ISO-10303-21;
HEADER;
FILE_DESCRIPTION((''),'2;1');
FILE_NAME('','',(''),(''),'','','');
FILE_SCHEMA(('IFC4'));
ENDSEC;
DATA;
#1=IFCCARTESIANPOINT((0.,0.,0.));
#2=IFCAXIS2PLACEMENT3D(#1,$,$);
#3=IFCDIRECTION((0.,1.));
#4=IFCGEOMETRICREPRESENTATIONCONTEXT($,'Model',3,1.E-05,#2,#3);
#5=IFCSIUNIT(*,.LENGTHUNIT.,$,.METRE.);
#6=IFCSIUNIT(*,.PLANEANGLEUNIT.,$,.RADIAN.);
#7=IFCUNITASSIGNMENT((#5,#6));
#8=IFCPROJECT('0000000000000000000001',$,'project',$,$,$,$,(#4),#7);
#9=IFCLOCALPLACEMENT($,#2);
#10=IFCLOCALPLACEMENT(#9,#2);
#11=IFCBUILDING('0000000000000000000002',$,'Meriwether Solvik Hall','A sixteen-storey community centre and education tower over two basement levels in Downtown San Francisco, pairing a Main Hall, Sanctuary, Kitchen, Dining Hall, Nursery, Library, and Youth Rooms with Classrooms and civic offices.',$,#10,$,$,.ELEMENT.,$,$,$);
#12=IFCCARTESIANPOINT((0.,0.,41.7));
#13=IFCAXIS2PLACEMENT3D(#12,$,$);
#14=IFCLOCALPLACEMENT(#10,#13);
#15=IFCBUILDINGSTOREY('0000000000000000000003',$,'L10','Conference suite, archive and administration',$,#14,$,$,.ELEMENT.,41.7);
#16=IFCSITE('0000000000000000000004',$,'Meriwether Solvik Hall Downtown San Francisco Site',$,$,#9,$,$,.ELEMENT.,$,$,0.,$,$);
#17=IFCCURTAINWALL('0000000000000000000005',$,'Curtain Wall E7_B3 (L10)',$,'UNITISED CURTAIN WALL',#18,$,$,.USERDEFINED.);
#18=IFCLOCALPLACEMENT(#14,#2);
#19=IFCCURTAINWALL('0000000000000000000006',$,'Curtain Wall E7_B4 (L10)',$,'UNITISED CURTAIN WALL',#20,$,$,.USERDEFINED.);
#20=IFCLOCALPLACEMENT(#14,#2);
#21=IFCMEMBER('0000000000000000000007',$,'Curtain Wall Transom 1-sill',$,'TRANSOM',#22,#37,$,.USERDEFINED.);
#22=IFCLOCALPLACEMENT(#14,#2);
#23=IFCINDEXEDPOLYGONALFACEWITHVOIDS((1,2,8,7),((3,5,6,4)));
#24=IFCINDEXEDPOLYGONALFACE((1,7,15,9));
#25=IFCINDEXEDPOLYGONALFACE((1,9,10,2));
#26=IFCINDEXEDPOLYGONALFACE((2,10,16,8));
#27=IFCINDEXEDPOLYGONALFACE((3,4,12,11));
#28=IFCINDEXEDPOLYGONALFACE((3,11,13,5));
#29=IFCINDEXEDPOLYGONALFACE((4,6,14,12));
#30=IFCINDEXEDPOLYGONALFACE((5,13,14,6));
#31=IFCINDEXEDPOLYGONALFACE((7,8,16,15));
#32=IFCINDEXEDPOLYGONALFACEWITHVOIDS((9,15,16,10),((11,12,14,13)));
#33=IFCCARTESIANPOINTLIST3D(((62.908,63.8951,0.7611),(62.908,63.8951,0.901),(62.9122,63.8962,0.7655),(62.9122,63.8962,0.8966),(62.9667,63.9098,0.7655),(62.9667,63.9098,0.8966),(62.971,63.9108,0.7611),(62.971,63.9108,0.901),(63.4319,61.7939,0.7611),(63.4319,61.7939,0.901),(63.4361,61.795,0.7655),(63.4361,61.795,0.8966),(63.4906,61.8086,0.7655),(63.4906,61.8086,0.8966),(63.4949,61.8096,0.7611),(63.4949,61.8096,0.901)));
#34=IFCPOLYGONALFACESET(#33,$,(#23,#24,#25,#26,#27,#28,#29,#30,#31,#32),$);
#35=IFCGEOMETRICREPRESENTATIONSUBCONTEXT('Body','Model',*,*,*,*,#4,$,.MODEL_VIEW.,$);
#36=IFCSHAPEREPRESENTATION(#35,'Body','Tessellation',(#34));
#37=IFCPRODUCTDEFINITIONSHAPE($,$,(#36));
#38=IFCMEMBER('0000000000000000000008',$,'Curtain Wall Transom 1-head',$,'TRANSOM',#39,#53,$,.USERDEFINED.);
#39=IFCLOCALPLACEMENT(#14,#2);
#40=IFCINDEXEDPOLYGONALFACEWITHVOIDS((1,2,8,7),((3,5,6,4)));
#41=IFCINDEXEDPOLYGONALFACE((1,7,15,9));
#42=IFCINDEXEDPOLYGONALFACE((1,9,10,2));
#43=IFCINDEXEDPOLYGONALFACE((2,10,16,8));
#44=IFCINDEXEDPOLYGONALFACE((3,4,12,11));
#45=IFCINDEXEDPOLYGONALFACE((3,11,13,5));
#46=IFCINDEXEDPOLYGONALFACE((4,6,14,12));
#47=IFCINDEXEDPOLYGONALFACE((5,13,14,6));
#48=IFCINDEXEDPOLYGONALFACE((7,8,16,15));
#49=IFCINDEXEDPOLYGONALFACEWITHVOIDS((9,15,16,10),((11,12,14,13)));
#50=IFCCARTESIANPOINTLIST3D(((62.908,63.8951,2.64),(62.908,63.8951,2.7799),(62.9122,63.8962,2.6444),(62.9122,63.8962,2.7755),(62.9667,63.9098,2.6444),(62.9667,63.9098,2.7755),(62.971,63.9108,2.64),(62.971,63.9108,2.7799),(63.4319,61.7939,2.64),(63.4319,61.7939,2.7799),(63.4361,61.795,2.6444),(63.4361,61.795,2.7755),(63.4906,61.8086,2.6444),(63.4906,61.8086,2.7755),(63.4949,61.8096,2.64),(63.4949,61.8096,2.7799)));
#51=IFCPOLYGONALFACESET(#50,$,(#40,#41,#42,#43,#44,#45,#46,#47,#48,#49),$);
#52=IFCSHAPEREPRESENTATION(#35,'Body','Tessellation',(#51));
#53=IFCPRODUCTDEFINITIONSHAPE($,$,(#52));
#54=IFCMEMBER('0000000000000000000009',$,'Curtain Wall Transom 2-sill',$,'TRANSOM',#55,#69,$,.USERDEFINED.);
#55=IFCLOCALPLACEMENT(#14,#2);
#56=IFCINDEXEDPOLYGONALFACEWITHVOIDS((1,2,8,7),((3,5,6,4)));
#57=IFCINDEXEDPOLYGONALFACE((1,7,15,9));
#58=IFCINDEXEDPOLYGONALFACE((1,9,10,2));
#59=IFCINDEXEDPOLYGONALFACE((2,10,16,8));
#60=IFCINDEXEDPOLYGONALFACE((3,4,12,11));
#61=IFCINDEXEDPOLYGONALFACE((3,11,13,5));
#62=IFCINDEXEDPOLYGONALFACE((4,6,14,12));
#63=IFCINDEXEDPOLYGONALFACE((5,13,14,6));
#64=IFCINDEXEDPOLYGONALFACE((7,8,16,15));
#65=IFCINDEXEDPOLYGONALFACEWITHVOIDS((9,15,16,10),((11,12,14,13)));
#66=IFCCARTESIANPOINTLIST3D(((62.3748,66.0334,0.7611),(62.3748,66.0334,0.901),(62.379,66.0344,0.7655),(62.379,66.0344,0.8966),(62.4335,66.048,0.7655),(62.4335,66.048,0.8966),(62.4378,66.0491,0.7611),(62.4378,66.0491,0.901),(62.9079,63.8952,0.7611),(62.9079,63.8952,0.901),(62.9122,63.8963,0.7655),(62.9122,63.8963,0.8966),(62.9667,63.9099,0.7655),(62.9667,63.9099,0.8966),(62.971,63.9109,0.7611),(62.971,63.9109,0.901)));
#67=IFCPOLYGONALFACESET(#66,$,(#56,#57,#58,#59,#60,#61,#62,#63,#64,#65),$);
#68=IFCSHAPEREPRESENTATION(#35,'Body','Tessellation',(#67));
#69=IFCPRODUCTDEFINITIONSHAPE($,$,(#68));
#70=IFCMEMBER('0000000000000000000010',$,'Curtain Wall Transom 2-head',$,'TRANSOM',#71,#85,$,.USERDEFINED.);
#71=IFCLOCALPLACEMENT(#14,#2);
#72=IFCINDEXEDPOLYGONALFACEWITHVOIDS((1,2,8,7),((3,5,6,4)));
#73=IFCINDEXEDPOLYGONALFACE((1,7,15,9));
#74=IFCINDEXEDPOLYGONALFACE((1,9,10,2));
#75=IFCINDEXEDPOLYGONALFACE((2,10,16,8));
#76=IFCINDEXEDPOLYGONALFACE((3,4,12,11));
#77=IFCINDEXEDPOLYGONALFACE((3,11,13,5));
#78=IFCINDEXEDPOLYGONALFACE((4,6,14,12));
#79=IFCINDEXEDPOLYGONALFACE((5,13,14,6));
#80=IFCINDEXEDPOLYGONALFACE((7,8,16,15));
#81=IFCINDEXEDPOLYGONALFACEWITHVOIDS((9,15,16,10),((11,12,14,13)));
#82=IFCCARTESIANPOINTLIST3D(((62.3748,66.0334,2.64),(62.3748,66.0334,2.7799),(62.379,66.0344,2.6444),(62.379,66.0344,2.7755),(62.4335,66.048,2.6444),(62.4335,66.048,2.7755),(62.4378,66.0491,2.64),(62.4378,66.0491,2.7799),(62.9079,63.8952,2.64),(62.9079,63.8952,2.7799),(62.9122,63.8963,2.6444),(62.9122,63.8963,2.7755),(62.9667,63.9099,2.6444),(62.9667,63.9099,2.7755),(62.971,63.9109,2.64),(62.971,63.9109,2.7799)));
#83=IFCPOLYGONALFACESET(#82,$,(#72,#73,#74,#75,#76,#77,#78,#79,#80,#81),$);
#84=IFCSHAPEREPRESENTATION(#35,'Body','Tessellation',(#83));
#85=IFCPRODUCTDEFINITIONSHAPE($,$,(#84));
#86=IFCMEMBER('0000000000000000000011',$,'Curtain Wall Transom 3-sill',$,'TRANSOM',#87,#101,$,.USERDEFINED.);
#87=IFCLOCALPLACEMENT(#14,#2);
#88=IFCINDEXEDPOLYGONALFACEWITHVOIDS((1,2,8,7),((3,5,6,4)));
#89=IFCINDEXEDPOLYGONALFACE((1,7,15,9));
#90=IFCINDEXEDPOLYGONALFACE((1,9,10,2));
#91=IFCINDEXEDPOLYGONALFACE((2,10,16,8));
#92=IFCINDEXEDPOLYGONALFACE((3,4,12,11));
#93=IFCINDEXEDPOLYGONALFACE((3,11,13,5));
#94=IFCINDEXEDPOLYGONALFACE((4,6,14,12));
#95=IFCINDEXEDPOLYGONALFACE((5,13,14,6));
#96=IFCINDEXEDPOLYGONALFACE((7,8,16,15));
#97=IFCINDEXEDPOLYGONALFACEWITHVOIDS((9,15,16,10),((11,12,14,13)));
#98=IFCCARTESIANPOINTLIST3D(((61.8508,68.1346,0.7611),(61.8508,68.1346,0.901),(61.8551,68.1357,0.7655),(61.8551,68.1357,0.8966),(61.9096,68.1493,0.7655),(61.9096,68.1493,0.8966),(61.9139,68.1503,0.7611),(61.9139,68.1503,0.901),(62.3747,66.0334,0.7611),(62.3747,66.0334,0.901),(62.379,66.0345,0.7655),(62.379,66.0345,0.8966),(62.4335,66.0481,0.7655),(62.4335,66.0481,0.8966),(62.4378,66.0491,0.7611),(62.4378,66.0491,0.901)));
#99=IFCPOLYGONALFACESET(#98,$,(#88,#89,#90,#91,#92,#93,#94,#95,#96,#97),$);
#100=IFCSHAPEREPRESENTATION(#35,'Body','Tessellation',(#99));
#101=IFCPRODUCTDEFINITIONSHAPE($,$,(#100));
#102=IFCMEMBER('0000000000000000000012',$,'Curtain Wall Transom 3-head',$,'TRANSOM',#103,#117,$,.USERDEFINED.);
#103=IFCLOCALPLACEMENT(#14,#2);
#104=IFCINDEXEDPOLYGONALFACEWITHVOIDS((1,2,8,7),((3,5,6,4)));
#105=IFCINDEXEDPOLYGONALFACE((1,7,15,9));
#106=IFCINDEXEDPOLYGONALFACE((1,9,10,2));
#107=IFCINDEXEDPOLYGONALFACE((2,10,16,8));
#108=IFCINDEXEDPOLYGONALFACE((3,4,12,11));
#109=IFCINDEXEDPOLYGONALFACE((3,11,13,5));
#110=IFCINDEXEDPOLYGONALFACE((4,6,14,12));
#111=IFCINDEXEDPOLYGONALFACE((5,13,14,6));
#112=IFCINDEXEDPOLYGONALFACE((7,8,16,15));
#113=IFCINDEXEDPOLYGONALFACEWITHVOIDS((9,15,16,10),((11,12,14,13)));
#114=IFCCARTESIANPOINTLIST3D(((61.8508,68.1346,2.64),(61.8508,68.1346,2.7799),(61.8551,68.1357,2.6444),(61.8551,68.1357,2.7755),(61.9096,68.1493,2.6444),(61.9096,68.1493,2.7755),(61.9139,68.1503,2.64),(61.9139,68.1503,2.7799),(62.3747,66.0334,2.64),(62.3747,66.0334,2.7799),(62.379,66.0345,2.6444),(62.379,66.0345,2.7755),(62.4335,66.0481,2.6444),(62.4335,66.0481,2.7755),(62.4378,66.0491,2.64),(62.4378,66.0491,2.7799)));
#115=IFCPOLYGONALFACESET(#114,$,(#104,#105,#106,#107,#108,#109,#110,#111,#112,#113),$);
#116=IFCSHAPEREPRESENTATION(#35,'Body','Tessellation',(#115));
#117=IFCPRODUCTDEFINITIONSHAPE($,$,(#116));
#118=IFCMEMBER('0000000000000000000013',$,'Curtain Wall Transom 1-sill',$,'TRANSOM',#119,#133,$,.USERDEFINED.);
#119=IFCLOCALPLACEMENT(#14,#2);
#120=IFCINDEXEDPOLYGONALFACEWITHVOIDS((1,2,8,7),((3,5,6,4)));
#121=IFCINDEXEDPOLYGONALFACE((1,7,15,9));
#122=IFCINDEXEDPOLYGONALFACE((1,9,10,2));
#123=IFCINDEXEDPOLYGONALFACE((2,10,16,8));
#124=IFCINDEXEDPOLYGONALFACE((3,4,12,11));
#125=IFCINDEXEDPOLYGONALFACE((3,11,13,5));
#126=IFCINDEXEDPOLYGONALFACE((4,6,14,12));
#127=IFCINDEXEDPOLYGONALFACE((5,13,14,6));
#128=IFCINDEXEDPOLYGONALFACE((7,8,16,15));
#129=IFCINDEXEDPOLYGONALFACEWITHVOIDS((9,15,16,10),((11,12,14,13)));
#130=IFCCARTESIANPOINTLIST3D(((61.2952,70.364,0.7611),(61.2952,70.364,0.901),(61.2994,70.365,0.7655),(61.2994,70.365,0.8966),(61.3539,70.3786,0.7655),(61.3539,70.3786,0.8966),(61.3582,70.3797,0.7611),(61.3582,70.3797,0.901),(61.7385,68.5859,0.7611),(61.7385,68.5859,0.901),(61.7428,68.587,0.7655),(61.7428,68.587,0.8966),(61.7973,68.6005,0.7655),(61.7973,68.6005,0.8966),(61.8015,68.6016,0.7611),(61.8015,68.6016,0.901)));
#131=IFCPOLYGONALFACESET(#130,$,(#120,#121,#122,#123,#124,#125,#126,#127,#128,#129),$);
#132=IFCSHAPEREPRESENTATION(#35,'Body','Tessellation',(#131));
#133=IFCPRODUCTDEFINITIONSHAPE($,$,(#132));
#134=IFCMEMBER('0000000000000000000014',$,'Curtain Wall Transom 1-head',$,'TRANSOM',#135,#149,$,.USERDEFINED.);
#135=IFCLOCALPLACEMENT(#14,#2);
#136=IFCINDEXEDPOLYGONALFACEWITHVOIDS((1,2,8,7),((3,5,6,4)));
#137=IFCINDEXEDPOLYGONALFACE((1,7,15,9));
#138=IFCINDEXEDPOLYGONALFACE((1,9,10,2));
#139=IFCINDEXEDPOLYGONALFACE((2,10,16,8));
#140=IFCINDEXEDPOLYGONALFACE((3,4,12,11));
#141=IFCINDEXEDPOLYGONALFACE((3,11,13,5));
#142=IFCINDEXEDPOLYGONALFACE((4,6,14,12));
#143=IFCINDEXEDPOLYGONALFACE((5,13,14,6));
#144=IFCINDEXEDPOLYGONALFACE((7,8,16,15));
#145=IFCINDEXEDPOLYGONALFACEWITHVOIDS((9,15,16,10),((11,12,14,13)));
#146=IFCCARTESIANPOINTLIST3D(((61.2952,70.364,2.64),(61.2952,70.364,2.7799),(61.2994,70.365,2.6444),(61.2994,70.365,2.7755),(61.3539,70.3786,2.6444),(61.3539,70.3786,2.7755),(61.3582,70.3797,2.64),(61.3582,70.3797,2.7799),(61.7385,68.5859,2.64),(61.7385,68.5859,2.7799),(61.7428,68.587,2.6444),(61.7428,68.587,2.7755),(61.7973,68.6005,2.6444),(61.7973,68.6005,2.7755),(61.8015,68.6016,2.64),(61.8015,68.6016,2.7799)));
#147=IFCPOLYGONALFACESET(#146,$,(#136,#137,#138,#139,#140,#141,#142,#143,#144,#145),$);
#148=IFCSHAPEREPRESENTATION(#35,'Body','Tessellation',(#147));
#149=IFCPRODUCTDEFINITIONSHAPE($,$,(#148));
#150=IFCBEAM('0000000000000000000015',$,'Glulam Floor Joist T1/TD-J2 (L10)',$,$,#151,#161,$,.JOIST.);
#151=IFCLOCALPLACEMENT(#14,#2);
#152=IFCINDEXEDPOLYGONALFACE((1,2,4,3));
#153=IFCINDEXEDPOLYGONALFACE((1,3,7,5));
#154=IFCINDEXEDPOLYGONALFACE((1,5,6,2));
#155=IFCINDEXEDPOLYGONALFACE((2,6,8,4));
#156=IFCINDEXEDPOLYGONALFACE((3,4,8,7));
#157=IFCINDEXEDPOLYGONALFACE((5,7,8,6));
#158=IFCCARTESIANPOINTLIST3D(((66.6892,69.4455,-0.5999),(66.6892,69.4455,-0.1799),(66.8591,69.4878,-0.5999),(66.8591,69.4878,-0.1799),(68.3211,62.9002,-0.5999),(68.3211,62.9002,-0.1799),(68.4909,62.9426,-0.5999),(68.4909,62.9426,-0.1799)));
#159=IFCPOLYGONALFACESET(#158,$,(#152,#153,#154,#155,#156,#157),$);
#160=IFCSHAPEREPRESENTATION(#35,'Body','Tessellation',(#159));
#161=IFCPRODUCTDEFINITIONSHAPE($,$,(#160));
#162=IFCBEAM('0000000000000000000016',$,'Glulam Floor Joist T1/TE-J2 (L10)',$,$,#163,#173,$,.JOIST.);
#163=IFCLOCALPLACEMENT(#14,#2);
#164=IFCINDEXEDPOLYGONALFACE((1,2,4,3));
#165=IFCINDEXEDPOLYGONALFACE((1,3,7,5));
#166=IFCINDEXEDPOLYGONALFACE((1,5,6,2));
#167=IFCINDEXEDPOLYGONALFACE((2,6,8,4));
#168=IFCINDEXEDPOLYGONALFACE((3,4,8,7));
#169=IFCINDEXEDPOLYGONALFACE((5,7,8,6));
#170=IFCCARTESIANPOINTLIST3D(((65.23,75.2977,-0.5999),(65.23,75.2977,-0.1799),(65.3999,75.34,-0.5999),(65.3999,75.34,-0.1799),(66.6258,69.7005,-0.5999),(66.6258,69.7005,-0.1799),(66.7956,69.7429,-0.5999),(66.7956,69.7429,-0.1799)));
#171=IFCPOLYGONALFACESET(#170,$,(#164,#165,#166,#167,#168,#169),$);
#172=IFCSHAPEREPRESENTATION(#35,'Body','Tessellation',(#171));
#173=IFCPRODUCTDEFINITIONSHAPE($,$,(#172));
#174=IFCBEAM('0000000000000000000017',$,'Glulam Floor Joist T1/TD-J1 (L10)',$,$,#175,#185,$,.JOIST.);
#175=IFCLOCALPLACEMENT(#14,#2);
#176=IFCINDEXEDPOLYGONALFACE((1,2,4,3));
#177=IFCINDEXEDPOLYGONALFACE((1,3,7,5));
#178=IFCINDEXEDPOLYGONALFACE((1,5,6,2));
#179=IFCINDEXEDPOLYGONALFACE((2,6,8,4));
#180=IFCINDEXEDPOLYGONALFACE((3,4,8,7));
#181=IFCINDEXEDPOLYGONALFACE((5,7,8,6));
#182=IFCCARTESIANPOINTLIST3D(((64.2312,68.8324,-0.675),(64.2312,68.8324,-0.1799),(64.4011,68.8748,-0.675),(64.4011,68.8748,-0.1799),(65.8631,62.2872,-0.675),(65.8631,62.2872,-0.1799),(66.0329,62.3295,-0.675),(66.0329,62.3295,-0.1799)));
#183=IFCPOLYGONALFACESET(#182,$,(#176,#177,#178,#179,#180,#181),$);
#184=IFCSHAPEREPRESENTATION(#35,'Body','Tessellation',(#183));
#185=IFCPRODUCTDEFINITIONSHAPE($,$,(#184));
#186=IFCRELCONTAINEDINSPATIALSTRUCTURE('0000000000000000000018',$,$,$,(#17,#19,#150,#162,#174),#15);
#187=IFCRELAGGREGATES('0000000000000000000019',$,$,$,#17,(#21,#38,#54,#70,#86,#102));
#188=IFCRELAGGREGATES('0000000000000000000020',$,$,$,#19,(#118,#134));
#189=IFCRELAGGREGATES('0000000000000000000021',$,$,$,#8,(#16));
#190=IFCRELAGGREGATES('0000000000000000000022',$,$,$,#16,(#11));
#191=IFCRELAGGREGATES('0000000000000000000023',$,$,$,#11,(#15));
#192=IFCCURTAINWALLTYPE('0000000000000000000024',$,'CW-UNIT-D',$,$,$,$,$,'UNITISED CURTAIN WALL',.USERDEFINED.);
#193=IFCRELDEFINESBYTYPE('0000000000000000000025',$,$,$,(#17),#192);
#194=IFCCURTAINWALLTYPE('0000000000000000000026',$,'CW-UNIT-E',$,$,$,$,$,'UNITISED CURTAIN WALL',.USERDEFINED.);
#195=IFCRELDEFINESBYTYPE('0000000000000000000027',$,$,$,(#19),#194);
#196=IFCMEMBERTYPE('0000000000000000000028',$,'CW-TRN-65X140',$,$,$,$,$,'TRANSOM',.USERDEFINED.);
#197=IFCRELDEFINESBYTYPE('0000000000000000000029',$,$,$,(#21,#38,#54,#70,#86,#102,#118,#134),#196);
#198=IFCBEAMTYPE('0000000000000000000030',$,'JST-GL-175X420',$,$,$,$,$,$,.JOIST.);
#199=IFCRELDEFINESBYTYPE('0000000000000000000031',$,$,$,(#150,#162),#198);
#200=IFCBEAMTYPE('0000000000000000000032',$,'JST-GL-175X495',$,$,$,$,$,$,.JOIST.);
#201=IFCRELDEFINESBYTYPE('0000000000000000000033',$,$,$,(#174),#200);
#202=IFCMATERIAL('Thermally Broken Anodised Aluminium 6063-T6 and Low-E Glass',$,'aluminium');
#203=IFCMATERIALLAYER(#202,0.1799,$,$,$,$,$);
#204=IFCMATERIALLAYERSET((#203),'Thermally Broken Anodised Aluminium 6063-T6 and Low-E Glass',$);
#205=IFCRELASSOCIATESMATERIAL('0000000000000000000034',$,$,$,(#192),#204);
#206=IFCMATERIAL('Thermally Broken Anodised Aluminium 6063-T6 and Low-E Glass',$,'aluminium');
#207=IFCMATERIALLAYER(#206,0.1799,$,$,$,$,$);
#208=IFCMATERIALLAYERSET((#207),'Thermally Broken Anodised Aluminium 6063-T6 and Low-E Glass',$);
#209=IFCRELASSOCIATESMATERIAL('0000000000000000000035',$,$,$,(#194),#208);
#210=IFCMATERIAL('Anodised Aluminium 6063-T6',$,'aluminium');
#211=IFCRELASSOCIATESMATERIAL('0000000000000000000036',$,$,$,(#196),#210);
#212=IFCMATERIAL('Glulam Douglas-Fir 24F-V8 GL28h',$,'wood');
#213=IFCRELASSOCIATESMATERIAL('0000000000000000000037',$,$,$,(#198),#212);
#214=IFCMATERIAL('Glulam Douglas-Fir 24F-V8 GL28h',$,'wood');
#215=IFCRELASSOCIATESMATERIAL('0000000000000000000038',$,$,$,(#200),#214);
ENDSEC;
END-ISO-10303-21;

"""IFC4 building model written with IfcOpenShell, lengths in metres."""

from ifc_helpers import new_model, si_unit, direction, frame, origin, origin_2d, place, context, subcontext, project, spatial, rectangle, hollow_rectangle, extrude, material, layer, layer_set, material_profile, profile_set, type_object, element, aggregate, save


model = new_model("IFC4")

# Units and contexts
model_context = context("Model", 3, precision=1e-05, world=origin(), true_north=direction((0.0, 1.0)))
body_context = subcontext(model_context, "Body", "Model", "MODEL_VIEW")
ifc_project = project(units=[si_unit("LENGTHUNIT", "METRE"), si_unit("PLANEANGLEUNIT", "RADIAN")], contexts=[model_context])

# Site, building, storey
site_placement = place(None, origin())
site = spatial("IfcSite", under=ifc_project, at=site_placement, Name="Meriwether Solvik Hall Downtown San Francisco Site", CompositionType="ELEMENT", RefElevation=0.0)
building_placement = place(site_placement, origin())
building = spatial("IfcBuilding", under=site, at=building_placement, Name="Meriwether Solvik Hall", Description="A sixteen-storey community centre and education tower over two basement levels in Downtown San Francisco, pairing a Main Hall, Sanctuary, Kitchen, Dining Hall, Nursery, Library, and Youth Rooms with Classrooms and civic offices.", CompositionType="ELEMENT")
storey_placement = place(building_placement, frame((0.0, 0.0, 41.7)))
storey = spatial("IfcBuildingStorey", under=building, at=storey_placement, Name="L10", Description="Conference suite, archive and administration", CompositionType="ELEMENT", Elevation=41.7)

# Curtain walls
ifc_material_1 = material(Name="Thermally Broken Anodised Aluminium 6063-T6 and Low-E Glass", Category="aluminium")
ifc_layer_1 = layer(ifc_material_1, 0.1799)
ifc_layer_set_1 = layer_set([ifc_layer_1], Name="Thermally Broken Anodised Aluminium 6063-T6 and Low-E Glass")
curtain_wall_type_1 = type_object("IfcCurtainWallType", Name="CW-UNIT-D", ElementType="UNITISED CURTAIN WALL", PredefinedType="USERDEFINED", material=ifc_layer_set_1)
curtain_wall_1_placement = place(storey_placement, origin())
curtain_wall_1 = element("IfcCurtainWall", 1, at=curtain_wall_1_placement, inside=storey, type_object=curtain_wall_type_1, Name="Curtain Wall E7_B3 (L10)", ObjectType="UNITISED CURTAIN WALL", PredefinedType="USERDEFINED")
ifc_material_2 = material(Name="Thermally Broken Anodised Aluminium 6063-T6 and Low-E Glass", Category="aluminium")
ifc_layer_2 = layer(ifc_material_2, 0.1799)
ifc_layer_set_2 = layer_set([ifc_layer_2], Name="Thermally Broken Anodised Aluminium 6063-T6 and Low-E Glass")
curtain_wall_type_2 = type_object("IfcCurtainWallType", Name="CW-UNIT-E", ElementType="UNITISED CURTAIN WALL", PredefinedType="USERDEFINED", material=ifc_layer_set_2)
curtain_wall_2_placement = place(storey_placement, origin())
curtain_wall_2 = element("IfcCurtainWall", 2, at=curtain_wall_2_placement, inside=storey, type_object=curtain_wall_type_2, Name="Curtain Wall E7_B4 (L10)", ObjectType="UNITISED CURTAIN WALL", PredefinedType="USERDEFINED")

# Members
ifc_material_3 = material(Name="Anodised Aluminium 6063-T6", Category="aluminium")
ifc_material_profile_1 = material_profile(ifc_material_3, hollow_rectangle(XDim=0.0649, YDim=0.1399, WallThickness=0.0044, at=origin_2d()), Name="CWT-65X140")
ifc_profile_set_1 = profile_set([ifc_material_profile_1], Name="Anodised Aluminium 6063-T6")
member_type_1 = type_object("IfcMemberType", Name="CW-TRN-65X140", ElementType="TRANSOM", PredefinedType="USERDEFINED", material=ifc_profile_set_1)
member_1_placement = place(storey_placement, frame((63.4634, 61.8018, 0.8311), z_axis=(-0.241925, 0.970295, 0.0), x_axis=(-0.970295, -0.241925, 0.0)))
member_1 = element("IfcMember", 3, at=member_1_placement, type_object=member_type_1, Name="Curtain Wall Transom 1-sill", ObjectType="TRANSOM", PredefinedType="USERDEFINED", context=body_context, shape_type="SweptSolid", body=[
    extrude(hollow_rectangle(XDim=0.0649, YDim=0.1399, WallThickness=0.0044, at=origin_2d()), origin(), (0.0, 0.0, 1.0), 2.1655),
])
member_2_placement = place(storey_placement, frame((63.4634, 61.8018, 2.71), z_axis=(-0.241925, 0.970295, 0.0), x_axis=(-0.970295, -0.241925, 0.0)))
member_2 = element("IfcMember", 4, at=member_2_placement, type_object=member_type_1, Name="Curtain Wall Transom 1-head", ObjectType="TRANSOM", PredefinedType="USERDEFINED", context=body_context, shape_type="SweptSolid", body=[
    extrude(hollow_rectangle(XDim=0.0649, YDim=0.1399, WallThickness=0.0044, at=origin_2d()), origin(), (0.0, 0.0, 1.0), 2.1655),
])
member_3_placement = place(storey_placement, frame((62.9395, 63.9031, 0.8311), z_axis=(-0.241962, 0.970286, 0.0), x_axis=(-0.970286, -0.241962, 0.0)))
member_3 = element("IfcMember", 5, at=member_3_placement, type_object=member_type_1, Name="Curtain Wall Transom 2-sill", ObjectType="TRANSOM", PredefinedType="USERDEFINED", context=body_context, shape_type="SweptSolid", body=[
    extrude(hollow_rectangle(XDim=0.0649, YDim=0.1399, WallThickness=0.0044, at=origin_2d()), origin(), (0.0, 0.0, 1.0), 2.2036),
])
member_4_placement = place(storey_placement, frame((62.9395, 63.9031, 2.71), z_axis=(-0.241962, 0.970286, 0.0), x_axis=(-0.970286, -0.241962, 0.0)))
member_4 = element("IfcMember", 6, at=member_4_placement, type_object=member_type_1, Name="Curtain Wall Transom 2-head", ObjectType="TRANSOM", PredefinedType="USERDEFINED", context=body_context, shape_type="SweptSolid", body=[
    extrude(hollow_rectangle(XDim=0.0649, YDim=0.1399, WallThickness=0.0044, at=origin_2d()), origin(), (0.0, 0.0, 1.0), 2.2036),
])
member_5_placement = place(storey_placement, frame((62.4062, 66.0413, 0.8311), z_axis=(-0.241925, 0.970295, 0.0), x_axis=(-0.970295, -0.241925, 0.0)))
member_5 = element("IfcMember", 7, at=member_5_placement, type_object=member_type_1, Name="Curtain Wall Transom 3-sill", ObjectType="TRANSOM", PredefinedType="USERDEFINED", context=body_context, shape_type="SweptSolid", body=[
    extrude(hollow_rectangle(XDim=0.0649, YDim=0.1399, WallThickness=0.0044, at=origin_2d()), origin(), (0.0, 0.0, 1.0), 2.1655),
])
member_6_placement = place(storey_placement, frame((62.4062, 66.0413, 2.71), z_axis=(-0.241925, 0.970295, 0.0), x_axis=(-0.970295, -0.241925, 0.0)))
member_6 = element("IfcMember", 8, at=member_6_placement, type_object=member_type_1, Name="Curtain Wall Transom 3-head", ObjectType="TRANSOM", PredefinedType="USERDEFINED", context=body_context, shape_type="SweptSolid", body=[
    extrude(hollow_rectangle(XDim=0.0649, YDim=0.1399, WallThickness=0.0044, at=origin_2d()), origin(), (0.0, 0.0, 1.0), 2.1655),
])
member_7_placement = place(storey_placement, frame((61.77, 68.5938, 0.8311), z_axis=(-0.24194, 0.970291, 0.0), x_axis=(-0.970291, -0.24194, 0.0)))
member_7 = element("IfcMember", 9, at=member_7_placement, type_object=member_type_1, Name="Curtain Wall Transom 1-sill", ObjectType="TRANSOM", PredefinedType="USERDEFINED", context=body_context, shape_type="SweptSolid", body=[
    extrude(hollow_rectangle(XDim=0.0649, YDim=0.1399, WallThickness=0.0044, at=origin_2d()), origin(), (0.0, 0.0, 1.0), 1.8325),
])
member_8_placement = place(storey_placement, frame((61.77, 68.5938, 2.71), z_axis=(-0.24194, 0.970291, 0.0), x_axis=(-0.970291, -0.24194, 0.0)))
member_8 = element("IfcMember", 10, at=member_8_placement, type_object=member_type_1, Name="Curtain Wall Transom 1-head", ObjectType="TRANSOM", PredefinedType="USERDEFINED", context=body_context, shape_type="SweptSolid", body=[
    extrude(hollow_rectangle(XDim=0.0649, YDim=0.1399, WallThickness=0.0044, at=origin_2d()), origin(), (0.0, 0.0, 1.0), 1.8325),
])

# Beams
ifc_material_4 = material(Name="Glulam Douglas-Fir 24F-V8 GL28h", Category="wood")
ifc_material_profile_2 = material_profile(ifc_material_4, rectangle(XDim=0.175, YDim=0.4199, at=origin_2d()), Name="GLJ-175X420")
ifc_profile_set_2 = profile_set([ifc_material_profile_2], Name="Glulam Douglas-Fir 24F-V8 GL28h")
beam_type_1 = type_object("IfcBeamType", Name="JST-GL-175X420", PredefinedType="JOIST", material=ifc_profile_set_2)
beam_1_placement = place(storey_placement, frame((68.406, 62.9214, -0.3899), z_axis=(-0.241914, 0.970298, 0.0), x_axis=(-0.970298, -0.241914, 0.0)))
element("IfcBeam", 11, at=beam_1_placement, inside=storey, type_object=beam_type_1, Name="Glulam Floor Joist T1/TD-J2 (L10)", PredefinedType="JOIST", context=body_context, shape_type="SweptSolid", body=[
    extrude(rectangle(XDim=0.175, YDim=0.4199, at=origin_2d()), origin(), (0.0, 0.0, 1.0), 6.7456),
])
beam_2_placement = place(storey_placement, frame((66.7107, 69.7217, -0.3899), z_axis=(-0.241958, 0.970287, 0.0), x_axis=(-0.970287, -0.241958, 0.0)))
element("IfcBeam", 12, at=beam_2_placement, inside=storey, type_object=beam_type_1, Name="Glulam Floor Joist T1/TE-J2 (L10)", PredefinedType="JOIST", context=body_context, shape_type="SweptSolid", body=[
    extrude(rectangle(XDim=0.175, YDim=0.4199, at=origin_2d()), origin(), (0.0, 0.0, 1.0), 5.7686),
])
ifc_material_5 = material(Name="Glulam Douglas-Fir 24F-V8 GL28h", Category="wood")
ifc_material_profile_3 = material_profile(ifc_material_5, rectangle(XDim=0.175, YDim=0.4951, at=origin_2d()), Name="GLJ-175X495")
ifc_profile_set_3 = profile_set([ifc_material_profile_3], Name="Glulam Douglas-Fir 24F-V8 GL28h")
beam_type_2 = type_object("IfcBeamType", Name="JST-GL-175X495", PredefinedType="JOIST", material=ifc_profile_set_3)
beam_3_placement = place(storey_placement, frame((65.948, 62.3083, -0.4275), z_axis=(-0.241914, 0.970298, 0.0), x_axis=(-0.970298, -0.241914, 0.0)))
element("IfcBeam", 13, at=beam_3_placement, inside=storey, type_object=beam_type_2, Name="Glulam Floor Joist T1/TD-J1 (L10)", PredefinedType="JOIST", context=body_context, shape_type="SweptSolid", body=[
    extrude(rectangle(XDim=0.175, YDim=0.4951, at=origin_2d()), origin(), (0.0, 0.0, 1.0), 6.7456),
])

aggregate(curtain_wall_1, [member_1, member_2, member_3, member_4, member_5, member_6])
aggregate(curtain_wall_2, [member_7, member_8])

save(model, "model.ifc")
